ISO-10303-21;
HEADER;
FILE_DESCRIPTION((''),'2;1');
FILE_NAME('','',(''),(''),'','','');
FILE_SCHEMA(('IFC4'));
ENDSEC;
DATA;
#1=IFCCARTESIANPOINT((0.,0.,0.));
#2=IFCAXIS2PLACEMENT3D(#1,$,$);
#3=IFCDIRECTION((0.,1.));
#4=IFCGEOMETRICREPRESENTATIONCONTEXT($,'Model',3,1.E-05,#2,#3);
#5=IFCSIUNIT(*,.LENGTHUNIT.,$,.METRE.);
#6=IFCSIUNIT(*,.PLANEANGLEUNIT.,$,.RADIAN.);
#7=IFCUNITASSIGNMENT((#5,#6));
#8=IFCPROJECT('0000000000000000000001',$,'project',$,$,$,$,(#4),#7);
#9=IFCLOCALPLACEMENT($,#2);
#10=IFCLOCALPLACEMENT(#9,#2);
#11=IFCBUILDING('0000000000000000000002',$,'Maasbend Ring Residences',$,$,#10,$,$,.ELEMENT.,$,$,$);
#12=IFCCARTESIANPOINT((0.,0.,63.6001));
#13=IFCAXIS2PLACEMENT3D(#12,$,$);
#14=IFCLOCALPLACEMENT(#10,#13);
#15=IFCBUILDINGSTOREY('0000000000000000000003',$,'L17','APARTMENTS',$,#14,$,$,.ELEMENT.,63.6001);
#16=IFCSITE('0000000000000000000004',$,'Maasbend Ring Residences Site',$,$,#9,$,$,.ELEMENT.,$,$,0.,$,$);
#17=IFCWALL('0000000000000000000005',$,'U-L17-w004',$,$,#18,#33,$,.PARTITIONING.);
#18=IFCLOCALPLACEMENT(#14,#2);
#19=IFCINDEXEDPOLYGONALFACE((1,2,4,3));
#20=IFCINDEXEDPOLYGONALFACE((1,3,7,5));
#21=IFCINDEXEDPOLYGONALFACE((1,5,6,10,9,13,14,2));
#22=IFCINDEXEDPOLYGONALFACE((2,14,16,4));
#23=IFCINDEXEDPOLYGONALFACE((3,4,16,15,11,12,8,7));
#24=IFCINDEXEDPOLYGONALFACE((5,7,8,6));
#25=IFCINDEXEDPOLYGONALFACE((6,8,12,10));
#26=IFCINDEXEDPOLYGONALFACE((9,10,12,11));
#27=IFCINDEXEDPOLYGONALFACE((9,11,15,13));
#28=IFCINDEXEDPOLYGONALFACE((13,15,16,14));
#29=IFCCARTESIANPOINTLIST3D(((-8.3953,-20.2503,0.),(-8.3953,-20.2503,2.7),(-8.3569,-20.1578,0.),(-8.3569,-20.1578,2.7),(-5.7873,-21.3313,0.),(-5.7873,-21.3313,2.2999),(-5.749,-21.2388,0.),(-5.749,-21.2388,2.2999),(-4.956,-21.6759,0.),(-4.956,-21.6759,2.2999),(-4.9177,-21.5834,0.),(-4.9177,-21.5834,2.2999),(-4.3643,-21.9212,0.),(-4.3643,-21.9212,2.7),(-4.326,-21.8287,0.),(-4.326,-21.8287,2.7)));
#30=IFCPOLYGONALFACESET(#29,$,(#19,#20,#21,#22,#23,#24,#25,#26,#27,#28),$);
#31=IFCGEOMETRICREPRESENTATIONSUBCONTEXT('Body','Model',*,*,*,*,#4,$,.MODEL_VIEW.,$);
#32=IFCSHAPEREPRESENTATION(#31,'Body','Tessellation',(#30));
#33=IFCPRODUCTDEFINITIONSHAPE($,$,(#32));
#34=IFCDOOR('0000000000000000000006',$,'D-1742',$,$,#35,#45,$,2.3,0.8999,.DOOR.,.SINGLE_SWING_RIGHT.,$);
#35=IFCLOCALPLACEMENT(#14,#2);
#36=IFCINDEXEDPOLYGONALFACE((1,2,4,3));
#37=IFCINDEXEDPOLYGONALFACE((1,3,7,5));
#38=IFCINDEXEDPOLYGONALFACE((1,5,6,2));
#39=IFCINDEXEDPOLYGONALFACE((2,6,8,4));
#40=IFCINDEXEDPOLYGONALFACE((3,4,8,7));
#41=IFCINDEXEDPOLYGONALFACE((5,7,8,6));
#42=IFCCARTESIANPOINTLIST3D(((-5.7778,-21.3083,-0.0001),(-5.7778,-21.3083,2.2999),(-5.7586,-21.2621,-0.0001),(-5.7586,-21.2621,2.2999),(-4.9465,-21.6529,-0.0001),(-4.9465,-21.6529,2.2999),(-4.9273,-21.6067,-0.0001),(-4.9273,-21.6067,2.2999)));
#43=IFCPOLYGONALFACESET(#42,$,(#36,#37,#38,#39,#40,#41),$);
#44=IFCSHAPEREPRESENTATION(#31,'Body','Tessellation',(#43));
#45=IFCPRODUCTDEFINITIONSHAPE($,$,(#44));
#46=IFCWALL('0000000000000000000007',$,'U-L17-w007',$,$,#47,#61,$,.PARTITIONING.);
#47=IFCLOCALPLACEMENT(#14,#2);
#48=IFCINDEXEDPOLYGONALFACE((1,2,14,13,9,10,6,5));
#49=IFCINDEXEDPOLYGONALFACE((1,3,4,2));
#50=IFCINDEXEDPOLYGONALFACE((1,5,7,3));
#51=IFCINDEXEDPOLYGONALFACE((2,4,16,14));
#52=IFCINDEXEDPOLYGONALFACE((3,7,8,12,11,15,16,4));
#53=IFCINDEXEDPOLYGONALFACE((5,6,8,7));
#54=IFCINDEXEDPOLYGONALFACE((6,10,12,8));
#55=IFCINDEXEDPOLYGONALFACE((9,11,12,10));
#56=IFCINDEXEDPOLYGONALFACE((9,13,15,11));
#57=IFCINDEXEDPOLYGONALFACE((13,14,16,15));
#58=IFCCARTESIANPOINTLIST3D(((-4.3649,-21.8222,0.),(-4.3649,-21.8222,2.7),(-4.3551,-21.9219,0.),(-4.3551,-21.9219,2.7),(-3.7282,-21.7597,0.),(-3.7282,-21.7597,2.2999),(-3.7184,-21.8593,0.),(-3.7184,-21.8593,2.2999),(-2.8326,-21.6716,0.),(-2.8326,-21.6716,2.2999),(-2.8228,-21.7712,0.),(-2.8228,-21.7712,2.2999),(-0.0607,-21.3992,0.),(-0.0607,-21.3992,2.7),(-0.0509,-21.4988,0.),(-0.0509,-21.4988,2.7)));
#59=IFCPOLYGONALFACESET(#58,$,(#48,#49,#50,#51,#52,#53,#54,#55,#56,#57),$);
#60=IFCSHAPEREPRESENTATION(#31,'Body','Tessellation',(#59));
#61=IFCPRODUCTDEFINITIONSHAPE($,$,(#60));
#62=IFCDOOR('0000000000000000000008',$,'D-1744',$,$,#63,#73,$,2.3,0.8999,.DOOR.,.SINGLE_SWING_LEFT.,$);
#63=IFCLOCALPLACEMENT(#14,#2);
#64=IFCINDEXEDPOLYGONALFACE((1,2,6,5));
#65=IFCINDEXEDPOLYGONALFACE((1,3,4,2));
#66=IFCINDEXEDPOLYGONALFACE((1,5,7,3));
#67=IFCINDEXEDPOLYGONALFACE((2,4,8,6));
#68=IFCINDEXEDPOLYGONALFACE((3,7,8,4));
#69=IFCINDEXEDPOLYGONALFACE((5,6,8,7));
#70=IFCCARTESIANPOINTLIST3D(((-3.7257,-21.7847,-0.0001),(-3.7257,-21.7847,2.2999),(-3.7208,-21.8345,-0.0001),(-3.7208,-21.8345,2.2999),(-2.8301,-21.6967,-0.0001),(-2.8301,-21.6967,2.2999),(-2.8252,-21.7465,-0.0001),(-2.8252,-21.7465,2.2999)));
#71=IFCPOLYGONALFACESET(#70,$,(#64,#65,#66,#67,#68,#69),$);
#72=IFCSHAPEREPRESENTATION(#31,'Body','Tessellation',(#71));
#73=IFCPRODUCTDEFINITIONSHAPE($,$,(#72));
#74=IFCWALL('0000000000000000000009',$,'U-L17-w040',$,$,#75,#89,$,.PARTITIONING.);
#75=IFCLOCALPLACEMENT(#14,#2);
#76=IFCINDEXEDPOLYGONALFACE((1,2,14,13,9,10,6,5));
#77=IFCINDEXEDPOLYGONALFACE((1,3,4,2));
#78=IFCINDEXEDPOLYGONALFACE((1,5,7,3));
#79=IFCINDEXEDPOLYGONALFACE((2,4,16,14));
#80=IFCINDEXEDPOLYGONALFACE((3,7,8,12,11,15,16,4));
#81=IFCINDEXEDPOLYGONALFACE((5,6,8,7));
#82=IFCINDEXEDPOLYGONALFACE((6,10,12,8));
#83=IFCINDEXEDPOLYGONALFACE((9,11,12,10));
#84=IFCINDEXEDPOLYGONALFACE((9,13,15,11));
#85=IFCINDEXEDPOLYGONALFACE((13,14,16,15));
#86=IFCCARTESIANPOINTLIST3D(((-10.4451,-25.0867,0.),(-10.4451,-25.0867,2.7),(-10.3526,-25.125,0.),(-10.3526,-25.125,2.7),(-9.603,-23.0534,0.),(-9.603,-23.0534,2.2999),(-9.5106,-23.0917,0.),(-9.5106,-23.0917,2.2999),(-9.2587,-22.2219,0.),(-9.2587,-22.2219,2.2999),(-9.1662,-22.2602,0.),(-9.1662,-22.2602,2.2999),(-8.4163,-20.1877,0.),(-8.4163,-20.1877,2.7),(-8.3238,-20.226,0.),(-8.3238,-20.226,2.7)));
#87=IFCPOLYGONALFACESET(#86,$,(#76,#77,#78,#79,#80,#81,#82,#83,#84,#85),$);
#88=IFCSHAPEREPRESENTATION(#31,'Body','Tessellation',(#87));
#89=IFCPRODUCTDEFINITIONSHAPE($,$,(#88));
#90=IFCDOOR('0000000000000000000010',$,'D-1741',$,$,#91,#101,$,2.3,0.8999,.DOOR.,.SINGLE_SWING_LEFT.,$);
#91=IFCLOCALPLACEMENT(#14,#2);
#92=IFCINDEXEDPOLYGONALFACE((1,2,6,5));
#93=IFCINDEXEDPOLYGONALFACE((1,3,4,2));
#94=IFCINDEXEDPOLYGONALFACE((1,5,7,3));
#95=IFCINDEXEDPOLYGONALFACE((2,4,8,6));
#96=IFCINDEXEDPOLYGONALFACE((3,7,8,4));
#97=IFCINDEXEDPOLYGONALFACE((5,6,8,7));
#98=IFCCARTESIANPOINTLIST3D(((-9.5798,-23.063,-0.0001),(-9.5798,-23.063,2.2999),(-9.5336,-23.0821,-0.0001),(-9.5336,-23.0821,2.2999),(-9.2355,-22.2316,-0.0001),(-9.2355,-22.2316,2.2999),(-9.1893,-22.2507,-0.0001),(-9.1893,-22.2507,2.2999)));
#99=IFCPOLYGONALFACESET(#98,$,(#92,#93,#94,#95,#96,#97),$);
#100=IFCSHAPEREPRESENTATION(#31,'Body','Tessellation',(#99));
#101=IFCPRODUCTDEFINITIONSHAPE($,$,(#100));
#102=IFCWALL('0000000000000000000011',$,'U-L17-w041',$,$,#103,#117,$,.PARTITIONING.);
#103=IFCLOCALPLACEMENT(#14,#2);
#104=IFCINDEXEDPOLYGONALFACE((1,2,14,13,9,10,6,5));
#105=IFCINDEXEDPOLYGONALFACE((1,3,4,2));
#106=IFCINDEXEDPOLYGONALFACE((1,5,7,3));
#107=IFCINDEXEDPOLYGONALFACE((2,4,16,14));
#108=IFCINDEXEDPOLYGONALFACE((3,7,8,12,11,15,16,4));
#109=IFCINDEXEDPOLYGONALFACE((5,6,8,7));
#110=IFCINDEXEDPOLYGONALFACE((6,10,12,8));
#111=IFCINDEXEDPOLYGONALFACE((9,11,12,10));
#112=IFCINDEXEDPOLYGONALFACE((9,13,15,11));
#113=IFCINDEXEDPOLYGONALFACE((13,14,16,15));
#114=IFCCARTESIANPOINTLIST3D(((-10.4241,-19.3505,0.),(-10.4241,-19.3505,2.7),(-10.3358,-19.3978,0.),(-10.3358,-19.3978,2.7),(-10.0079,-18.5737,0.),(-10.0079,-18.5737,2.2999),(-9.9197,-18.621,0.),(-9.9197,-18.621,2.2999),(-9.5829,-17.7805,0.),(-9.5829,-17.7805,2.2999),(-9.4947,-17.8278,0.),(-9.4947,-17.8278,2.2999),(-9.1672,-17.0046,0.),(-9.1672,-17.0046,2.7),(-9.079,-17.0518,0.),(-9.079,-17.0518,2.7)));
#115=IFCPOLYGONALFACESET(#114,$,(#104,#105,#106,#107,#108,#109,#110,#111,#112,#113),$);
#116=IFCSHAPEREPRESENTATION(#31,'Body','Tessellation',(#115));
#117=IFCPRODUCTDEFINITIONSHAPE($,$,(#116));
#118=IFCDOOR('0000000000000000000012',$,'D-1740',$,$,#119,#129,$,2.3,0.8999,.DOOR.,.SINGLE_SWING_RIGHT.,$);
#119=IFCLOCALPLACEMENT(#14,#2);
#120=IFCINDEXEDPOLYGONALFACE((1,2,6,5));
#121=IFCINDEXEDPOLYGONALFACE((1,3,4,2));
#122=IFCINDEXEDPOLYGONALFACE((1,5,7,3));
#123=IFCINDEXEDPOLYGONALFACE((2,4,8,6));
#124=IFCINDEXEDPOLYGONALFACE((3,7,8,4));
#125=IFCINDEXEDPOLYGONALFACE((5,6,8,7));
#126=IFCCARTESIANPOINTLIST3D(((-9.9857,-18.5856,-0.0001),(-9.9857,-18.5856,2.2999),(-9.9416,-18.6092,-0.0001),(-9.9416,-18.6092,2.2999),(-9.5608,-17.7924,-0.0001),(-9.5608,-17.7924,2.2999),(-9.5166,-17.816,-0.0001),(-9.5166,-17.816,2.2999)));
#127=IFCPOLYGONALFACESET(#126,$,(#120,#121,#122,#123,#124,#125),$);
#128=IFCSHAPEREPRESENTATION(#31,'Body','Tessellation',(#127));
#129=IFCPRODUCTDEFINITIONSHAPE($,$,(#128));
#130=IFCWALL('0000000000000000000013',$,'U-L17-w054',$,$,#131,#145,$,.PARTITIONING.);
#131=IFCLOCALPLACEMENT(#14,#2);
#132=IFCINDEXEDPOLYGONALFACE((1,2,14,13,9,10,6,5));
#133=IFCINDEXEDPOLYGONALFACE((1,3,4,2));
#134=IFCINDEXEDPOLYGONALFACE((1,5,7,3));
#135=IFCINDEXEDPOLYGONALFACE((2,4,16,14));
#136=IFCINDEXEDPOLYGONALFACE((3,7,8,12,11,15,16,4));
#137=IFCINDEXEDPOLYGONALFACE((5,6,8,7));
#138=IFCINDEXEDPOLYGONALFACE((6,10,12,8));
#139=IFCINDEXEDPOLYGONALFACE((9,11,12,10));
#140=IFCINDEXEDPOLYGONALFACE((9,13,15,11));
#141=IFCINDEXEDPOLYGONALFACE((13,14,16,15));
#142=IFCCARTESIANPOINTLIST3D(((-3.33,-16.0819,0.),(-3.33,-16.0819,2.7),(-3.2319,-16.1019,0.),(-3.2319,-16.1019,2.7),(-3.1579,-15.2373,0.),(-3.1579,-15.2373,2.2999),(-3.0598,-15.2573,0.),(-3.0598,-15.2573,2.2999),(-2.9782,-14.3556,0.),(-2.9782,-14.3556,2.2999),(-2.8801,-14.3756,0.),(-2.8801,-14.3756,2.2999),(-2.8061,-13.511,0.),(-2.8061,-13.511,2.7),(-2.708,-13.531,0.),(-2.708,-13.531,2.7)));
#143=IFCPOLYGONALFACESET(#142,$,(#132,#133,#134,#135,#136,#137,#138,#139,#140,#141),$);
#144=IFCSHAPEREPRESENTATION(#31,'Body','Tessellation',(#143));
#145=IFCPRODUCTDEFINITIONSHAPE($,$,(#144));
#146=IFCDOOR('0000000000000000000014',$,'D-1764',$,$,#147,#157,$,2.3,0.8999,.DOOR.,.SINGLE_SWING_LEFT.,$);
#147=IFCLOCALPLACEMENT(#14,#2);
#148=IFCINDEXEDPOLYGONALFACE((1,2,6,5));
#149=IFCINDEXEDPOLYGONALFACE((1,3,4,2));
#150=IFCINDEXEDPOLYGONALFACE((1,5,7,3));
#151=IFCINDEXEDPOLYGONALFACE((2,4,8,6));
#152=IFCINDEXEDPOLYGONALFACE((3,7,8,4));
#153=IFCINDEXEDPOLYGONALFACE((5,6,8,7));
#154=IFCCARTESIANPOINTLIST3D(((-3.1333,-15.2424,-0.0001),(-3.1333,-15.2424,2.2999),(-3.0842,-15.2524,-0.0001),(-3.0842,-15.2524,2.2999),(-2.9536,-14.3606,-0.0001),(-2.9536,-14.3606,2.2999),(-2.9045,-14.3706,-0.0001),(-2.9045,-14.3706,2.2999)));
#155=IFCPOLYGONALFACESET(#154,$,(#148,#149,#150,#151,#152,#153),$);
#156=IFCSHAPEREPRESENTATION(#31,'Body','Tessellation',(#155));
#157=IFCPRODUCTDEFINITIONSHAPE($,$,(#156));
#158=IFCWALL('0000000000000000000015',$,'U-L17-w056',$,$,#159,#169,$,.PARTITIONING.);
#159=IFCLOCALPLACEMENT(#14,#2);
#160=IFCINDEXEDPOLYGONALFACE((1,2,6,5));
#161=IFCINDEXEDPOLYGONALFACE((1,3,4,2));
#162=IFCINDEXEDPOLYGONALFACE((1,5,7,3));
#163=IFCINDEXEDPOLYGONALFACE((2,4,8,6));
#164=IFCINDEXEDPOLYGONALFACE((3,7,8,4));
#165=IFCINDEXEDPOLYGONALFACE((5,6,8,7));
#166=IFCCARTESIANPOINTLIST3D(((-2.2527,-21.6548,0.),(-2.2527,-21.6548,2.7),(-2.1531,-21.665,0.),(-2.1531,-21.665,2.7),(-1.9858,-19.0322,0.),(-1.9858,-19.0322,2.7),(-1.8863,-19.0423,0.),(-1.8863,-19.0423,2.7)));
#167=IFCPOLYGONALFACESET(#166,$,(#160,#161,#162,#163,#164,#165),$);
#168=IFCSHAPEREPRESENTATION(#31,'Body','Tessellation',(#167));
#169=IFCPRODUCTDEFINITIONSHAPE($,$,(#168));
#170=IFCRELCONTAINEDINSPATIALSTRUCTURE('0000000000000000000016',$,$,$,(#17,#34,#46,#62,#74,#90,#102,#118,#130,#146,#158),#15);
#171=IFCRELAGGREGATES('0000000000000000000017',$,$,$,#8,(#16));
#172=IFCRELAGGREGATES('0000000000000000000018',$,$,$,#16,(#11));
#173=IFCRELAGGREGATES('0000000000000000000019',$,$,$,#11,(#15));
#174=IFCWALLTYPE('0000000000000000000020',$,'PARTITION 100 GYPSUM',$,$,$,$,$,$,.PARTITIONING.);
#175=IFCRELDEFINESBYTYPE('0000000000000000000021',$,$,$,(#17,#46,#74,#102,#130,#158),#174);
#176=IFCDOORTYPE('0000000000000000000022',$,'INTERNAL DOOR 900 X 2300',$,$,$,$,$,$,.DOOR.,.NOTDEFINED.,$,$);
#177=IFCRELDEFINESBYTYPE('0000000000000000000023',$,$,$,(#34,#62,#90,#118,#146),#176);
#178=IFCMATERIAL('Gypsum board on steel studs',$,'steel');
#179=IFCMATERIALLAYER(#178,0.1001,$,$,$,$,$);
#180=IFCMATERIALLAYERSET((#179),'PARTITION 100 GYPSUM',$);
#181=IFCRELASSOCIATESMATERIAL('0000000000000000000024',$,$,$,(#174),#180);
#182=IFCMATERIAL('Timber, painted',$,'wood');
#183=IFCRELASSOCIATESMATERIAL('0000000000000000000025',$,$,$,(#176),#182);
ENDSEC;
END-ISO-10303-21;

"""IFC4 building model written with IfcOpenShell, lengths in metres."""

from ifc_helpers import new_model, si_unit, direction, frame, frame_2d, origin, place, context, subcontext, project, spatial, rectangle, extrude, material, layer, layer_set, type_object, element, fill, save


model = new_model("IFC4")

# Units and contexts
model_context = context("Model", 3, precision=1e-05, world=origin(), true_north=direction((0.0, 1.0)))
body_context = subcontext(model_context, "Body", "Model", "MODEL_VIEW")
ifc_project = project(units=[si_unit("LENGTHUNIT", "METRE"), si_unit("PLANEANGLEUNIT", "RADIAN")], contexts=[model_context])

# Site, building, storey
site_placement = place(None, origin())
site = spatial("IfcSite", under=ifc_project, at=site_placement, Name="Maasbend Ring Residences Site", CompositionType="ELEMENT", RefElevation=0.0)
building_placement = place(site_placement, origin())
building = spatial("IfcBuilding", under=site, at=building_placement, Name="Maasbend Ring Residences", CompositionType="ELEMENT")
storey_placement = place(building_placement, frame((0.0, 0.0, 63.6001)))
storey = spatial("IfcBuildingStorey", under=building, at=storey_placement, Name="L17", Description="APARTMENTS", CompositionType="ELEMENT", Elevation=63.6001)

# Walls, openings, doors
ifc_material_1 = material(Name="Gypsum board on steel studs", Category="steel")
ifc_layer_1 = layer(ifc_material_1, 0.1001)
ifc_layer_set_1 = layer_set([ifc_layer_1], Name="PARTITION 100 GYPSUM")
wall_type_1 = type_object("IfcWallType", Name="PARTITION 100 GYPSUM", PredefinedType="PARTITIONING", material=ifc_layer_set_1)
wall_1_placement = place(storey_placement, frame((-8.376, -20.2041, 0.0), z_axis=(0.0, 0.0, 1.0), x_axis=(0.923782, -0.382918, 0.0)))
wall_1 = element("IfcWall", 1, at=wall_1_placement, inside=storey, type_object=wall_type_1, Name="U-L17-w004", PredefinedType="PARTITIONING", context=body_context, shape_type="SweptSolid", body=[
    extrude(rectangle(XDim=4.3635, YDim=0.1001, at=frame_2d((2.1816, 0.0))), origin(), (0.0, 0.0, 1.0), 2.7),
])
opening_1_placement = place(wall_1_placement, frame((2.823, 0.0, 0.0)))
opening_1 = element("IfcOpeningElement", 2, at=opening_1_placement, cuts=wall_1, PredefinedType="OPENING", context=body_context, shape_type="SweptSolid", body=[
    extrude(rectangle(XDim=0.8999, YDim=2.3, at=frame_2d((0.45, 1.1499))), frame((0.0, 0.0601, 0.0), z_axis=(0.0, -1.0, 0.0), x_axis=(1.0, 0.0, 0.0)), (0.0, 0.0, 1.0), 0.1201),
])
ifc_material_2 = material(Name="Timber, painted", Category="wood")
door_type_1 = type_object("IfcDoorType", Name="INTERNAL DOOR 900 X 2300", OperationType="NOTDEFINED", PredefinedType="DOOR", material=ifc_material_2)
door_1_placement = place(opening_1_placement, origin())
door_1 = element("IfcDoor", 3, at=door_1_placement, inside=storey, type_object=door_type_1, Name="D-1742", OperationType="SINGLE_SWING_RIGHT", OverallHeight=2.3, OverallWidth=0.8999, PredefinedType="DOOR", context=body_context, shape_type="SweptSolid", body=[
    extrude(rectangle(XDim=0.8999, YDim=2.3, at=frame_2d((0.45, 1.1499))), frame((0.0, 0.0249, 0.0), z_axis=(0.0, -1.0, 0.0), x_axis=(1.0, 0.0, 0.0)), (0.0, 0.0, 1.0), 0.05),
])
fill(opening_1, door_1)
wall_2_placement = place(storey_placement, frame((-4.3601, -21.8721, 0.0), z_axis=(0.0, 0.0, 1.0), x_axis=(0.995203, 0.097827, 0.0)))
wall_2 = element("IfcWall", 4, at=wall_2_placement, inside=storey, type_object=wall_type_1, Name="U-L17-w007", PredefinedType="PARTITIONING", context=body_context, shape_type="SweptSolid", body=[
    extrude(rectangle(XDim=4.325, YDim=0.1001, at=frame_2d((2.1626, 0.0))), origin(), (0.0, 0.0, 1.0), 2.7),
])
opening_2_placement = place(wall_2_placement, frame((0.6399, 0.0, 0.0)))
opening_2 = element("IfcOpeningElement", 5, at=opening_2_placement, cuts=wall_2, PredefinedType="OPENING", context=body_context, shape_type="SweptSolid", body=[
    extrude(rectangle(XDim=0.8999, YDim=2.3, at=frame_2d((0.45, 1.1499))), frame((0.0, 0.0601, 0.0), z_axis=(0.0, -1.0, 0.0), x_axis=(1.0, 0.0, 0.0)), (0.0, 0.0, 1.0), 0.1201),
])
door_2_placement = place(opening_2_placement, origin())
door_2 = element("IfcDoor", 6, at=door_2_placement, inside=storey, type_object=door_type_1, Name="D-1744", OperationType="SINGLE_SWING_LEFT", OverallHeight=2.3, OverallWidth=0.8999, PredefinedType="DOOR", context=body_context, shape_type="SweptSolid", body=[
    extrude(rectangle(XDim=0.8999, YDim=2.3, at=frame_2d((0.45, 1.1499))), frame((0.0, 0.0249, 0.0), z_axis=(0.0, -1.0, 0.0), x_axis=(1.0, 0.0, 0.0)), (0.0, 0.0, 1.0), 0.05),
])
fill(opening_2, door_2)
wall_3_placement = place(storey_placement, frame((-10.3989, -25.106, 0.0), z_axis=(0.0, 0.0, 1.0), x_axis=(0.38262, 0.923906, 0.0)))
wall_3 = element("IfcWall", 7, at=wall_3_placement, inside=storey, type_object=wall_type_1, Name="U-L17-w040", PredefinedType="PARTITIONING", context=body_context, shape_type="SweptSolid", body=[
    extrude(rectangle(XDim=5.3025, YDim=0.1001, at=frame_2d((2.6514, 0.0))), origin(), (0.0, 0.0, 1.0), 2.7),
])
opening_3_placement = place(wall_3_placement, frame((2.2009, 0.0, 0.0)))
opening_3 = element("IfcOpeningElement", 8, at=opening_3_placement, cuts=wall_3, PredefinedType="OPENING", context=body_context, shape_type="SweptSolid", body=[
    extrude(rectangle(XDim=0.8999, YDim=2.3, at=frame_2d((0.45, 1.1499))), frame((0.0, 0.0601, 0.0), z_axis=(0.0, -1.0, 0.0), x_axis=(1.0, 0.0, 0.0)), (0.0, 0.0, 1.0), 0.1201),
])
door_3_placement = place(opening_3_placement, origin())
door_3 = element("IfcDoor", 9, at=door_3_placement, inside=storey, type_object=door_type_1, Name="D-1741", OperationType="SINGLE_SWING_LEFT", OverallHeight=2.3, OverallWidth=0.8999, PredefinedType="DOOR", context=body_context, shape_type="SweptSolid", body=[
    extrude(rectangle(XDim=0.8999, YDim=2.3, at=frame_2d((0.45, 1.1499))), frame((0.0, 0.0249, 0.0), z_axis=(0.0, -1.0, 0.0), x_axis=(1.0, 0.0, 0.0)), (0.0, 0.0, 1.0), 0.05),
])
fill(opening_3, door_3)
wall_4_placement = place(storey_placement, frame((-10.3799, -19.374, 0.0), z_axis=(0.0, 0.0, 1.0), x_axis=(0.472244, 0.881468, 0.0)))
wall_4 = element("IfcWall", 10, at=wall_4_placement, inside=storey, type_object=wall_type_1, Name="U-L17-w041", PredefinedType="PARTITIONING", context=body_context, shape_type="SweptSolid", body=[
    extrude(rectangle(XDim=2.6614, YDim=0.1001, at=frame_2d((1.3306, 0.0))), origin(), (0.0, 0.0, 1.0), 2.7),
])
opening_4_placement = place(wall_4_placement, frame((0.8811, 0.0, 0.0)))
opening_4 = element("IfcOpeningElement", 11, at=opening_4_placement, cuts=wall_4, PredefinedType="OPENING", context=body_context, shape_type="SweptSolid", body=[
    extrude(rectangle(XDim=0.8999, YDim=2.3, at=frame_2d((0.45, 1.1499))), frame((0.0, 0.0601, 0.0), z_axis=(0.0, -1.0, 0.0), x_axis=(1.0, 0.0, 0.0)), (0.0, 0.0, 1.0), 0.1201),
])
door_4_placement = place(opening_4_placement, origin())
door_4 = element("IfcDoor", 12, at=door_4_placement, inside=storey, type_object=door_type_1, Name="D-1740", OperationType="SINGLE_SWING_RIGHT", OverallHeight=2.3, OverallWidth=0.8999, PredefinedType="DOOR", context=body_context, shape_type="SweptSolid", body=[
    extrude(rectangle(XDim=0.8999, YDim=2.3, at=frame_2d((0.45, 1.1499))), frame((0.0, 0.0249, 0.0), z_axis=(0.0, -1.0, 0.0), x_axis=(1.0, 0.0, 0.0)), (0.0, 0.0, 1.0), 0.05),
])
fill(opening_4, door_4)
wall_5_placement = place(storey_placement, frame((-3.281, -16.092, 0.0), z_axis=(0.0, 0.0, 1.0), x_axis=(0.199676, 0.979862, 0.0)))
wall_5 = element("IfcWall", 13, at=wall_5_placement, inside=storey, type_object=wall_type_1, Name="U-L17-w054", PredefinedType="PARTITIONING", context=body_context, shape_type="SweptSolid", body=[
    extrude(rectangle(XDim=2.6238, YDim=0.1001, at=frame_2d((1.312, 0.0))), origin(), (0.0, 0.0, 1.0), 2.7),
])
opening_5_placement = place(wall_5_placement, frame((0.8621, 0.0, 0.0)))
opening_5 = element("IfcOpeningElement", 14, at=opening_5_placement, cuts=wall_5, PredefinedType="OPENING", context=body_context, shape_type="SweptSolid", body=[
    extrude(rectangle(XDim=0.8999, YDim=2.3, at=frame_2d((0.45, 1.1499))), frame((0.0, 0.0601, 0.0), z_axis=(0.0, -1.0, 0.0), x_axis=(1.0, 0.0, 0.0)), (0.0, 0.0, 1.0), 0.1201),
])
door_5_placement = place(opening_5_placement, origin())
door_5 = element("IfcDoor", 15, at=door_5_placement, inside=storey, type_object=door_type_1, Name="D-1764", OperationType="SINGLE_SWING_LEFT", OverallHeight=2.3, OverallWidth=0.8999, PredefinedType="DOOR", context=body_context, shape_type="SweptSolid", body=[
    extrude(rectangle(XDim=0.8999, YDim=2.3, at=frame_2d((0.45, 1.1499))), frame((0.0, 0.0249, 0.0), z_axis=(0.0, -1.0, 0.0), x_axis=(1.0, 0.0, 0.0)), (0.0, 0.0, 1.0), 0.05),
])
fill(opening_5, door_5)

# Wall
wall_6_placement = place(storey_placement, frame((-2.2029, -21.6599, 0.0), z_axis=(0.0, 0.0, 1.0), x_axis=(0.101218, 0.994864, 0.0)))
element("IfcWall", 16, at=wall_6_placement, inside=storey, type_object=wall_type_1, Name="U-L17-w056", PredefinedType="PARTITIONING", context=body_context, shape_type="SweptSolid", body=[
    extrude(rectangle(XDim=2.6362, YDim=0.1001, at=frame_2d((1.3181, 0.0))), origin(), (0.0, 0.0, 1.0), 2.7),
])

save(model, "model.ifc")
